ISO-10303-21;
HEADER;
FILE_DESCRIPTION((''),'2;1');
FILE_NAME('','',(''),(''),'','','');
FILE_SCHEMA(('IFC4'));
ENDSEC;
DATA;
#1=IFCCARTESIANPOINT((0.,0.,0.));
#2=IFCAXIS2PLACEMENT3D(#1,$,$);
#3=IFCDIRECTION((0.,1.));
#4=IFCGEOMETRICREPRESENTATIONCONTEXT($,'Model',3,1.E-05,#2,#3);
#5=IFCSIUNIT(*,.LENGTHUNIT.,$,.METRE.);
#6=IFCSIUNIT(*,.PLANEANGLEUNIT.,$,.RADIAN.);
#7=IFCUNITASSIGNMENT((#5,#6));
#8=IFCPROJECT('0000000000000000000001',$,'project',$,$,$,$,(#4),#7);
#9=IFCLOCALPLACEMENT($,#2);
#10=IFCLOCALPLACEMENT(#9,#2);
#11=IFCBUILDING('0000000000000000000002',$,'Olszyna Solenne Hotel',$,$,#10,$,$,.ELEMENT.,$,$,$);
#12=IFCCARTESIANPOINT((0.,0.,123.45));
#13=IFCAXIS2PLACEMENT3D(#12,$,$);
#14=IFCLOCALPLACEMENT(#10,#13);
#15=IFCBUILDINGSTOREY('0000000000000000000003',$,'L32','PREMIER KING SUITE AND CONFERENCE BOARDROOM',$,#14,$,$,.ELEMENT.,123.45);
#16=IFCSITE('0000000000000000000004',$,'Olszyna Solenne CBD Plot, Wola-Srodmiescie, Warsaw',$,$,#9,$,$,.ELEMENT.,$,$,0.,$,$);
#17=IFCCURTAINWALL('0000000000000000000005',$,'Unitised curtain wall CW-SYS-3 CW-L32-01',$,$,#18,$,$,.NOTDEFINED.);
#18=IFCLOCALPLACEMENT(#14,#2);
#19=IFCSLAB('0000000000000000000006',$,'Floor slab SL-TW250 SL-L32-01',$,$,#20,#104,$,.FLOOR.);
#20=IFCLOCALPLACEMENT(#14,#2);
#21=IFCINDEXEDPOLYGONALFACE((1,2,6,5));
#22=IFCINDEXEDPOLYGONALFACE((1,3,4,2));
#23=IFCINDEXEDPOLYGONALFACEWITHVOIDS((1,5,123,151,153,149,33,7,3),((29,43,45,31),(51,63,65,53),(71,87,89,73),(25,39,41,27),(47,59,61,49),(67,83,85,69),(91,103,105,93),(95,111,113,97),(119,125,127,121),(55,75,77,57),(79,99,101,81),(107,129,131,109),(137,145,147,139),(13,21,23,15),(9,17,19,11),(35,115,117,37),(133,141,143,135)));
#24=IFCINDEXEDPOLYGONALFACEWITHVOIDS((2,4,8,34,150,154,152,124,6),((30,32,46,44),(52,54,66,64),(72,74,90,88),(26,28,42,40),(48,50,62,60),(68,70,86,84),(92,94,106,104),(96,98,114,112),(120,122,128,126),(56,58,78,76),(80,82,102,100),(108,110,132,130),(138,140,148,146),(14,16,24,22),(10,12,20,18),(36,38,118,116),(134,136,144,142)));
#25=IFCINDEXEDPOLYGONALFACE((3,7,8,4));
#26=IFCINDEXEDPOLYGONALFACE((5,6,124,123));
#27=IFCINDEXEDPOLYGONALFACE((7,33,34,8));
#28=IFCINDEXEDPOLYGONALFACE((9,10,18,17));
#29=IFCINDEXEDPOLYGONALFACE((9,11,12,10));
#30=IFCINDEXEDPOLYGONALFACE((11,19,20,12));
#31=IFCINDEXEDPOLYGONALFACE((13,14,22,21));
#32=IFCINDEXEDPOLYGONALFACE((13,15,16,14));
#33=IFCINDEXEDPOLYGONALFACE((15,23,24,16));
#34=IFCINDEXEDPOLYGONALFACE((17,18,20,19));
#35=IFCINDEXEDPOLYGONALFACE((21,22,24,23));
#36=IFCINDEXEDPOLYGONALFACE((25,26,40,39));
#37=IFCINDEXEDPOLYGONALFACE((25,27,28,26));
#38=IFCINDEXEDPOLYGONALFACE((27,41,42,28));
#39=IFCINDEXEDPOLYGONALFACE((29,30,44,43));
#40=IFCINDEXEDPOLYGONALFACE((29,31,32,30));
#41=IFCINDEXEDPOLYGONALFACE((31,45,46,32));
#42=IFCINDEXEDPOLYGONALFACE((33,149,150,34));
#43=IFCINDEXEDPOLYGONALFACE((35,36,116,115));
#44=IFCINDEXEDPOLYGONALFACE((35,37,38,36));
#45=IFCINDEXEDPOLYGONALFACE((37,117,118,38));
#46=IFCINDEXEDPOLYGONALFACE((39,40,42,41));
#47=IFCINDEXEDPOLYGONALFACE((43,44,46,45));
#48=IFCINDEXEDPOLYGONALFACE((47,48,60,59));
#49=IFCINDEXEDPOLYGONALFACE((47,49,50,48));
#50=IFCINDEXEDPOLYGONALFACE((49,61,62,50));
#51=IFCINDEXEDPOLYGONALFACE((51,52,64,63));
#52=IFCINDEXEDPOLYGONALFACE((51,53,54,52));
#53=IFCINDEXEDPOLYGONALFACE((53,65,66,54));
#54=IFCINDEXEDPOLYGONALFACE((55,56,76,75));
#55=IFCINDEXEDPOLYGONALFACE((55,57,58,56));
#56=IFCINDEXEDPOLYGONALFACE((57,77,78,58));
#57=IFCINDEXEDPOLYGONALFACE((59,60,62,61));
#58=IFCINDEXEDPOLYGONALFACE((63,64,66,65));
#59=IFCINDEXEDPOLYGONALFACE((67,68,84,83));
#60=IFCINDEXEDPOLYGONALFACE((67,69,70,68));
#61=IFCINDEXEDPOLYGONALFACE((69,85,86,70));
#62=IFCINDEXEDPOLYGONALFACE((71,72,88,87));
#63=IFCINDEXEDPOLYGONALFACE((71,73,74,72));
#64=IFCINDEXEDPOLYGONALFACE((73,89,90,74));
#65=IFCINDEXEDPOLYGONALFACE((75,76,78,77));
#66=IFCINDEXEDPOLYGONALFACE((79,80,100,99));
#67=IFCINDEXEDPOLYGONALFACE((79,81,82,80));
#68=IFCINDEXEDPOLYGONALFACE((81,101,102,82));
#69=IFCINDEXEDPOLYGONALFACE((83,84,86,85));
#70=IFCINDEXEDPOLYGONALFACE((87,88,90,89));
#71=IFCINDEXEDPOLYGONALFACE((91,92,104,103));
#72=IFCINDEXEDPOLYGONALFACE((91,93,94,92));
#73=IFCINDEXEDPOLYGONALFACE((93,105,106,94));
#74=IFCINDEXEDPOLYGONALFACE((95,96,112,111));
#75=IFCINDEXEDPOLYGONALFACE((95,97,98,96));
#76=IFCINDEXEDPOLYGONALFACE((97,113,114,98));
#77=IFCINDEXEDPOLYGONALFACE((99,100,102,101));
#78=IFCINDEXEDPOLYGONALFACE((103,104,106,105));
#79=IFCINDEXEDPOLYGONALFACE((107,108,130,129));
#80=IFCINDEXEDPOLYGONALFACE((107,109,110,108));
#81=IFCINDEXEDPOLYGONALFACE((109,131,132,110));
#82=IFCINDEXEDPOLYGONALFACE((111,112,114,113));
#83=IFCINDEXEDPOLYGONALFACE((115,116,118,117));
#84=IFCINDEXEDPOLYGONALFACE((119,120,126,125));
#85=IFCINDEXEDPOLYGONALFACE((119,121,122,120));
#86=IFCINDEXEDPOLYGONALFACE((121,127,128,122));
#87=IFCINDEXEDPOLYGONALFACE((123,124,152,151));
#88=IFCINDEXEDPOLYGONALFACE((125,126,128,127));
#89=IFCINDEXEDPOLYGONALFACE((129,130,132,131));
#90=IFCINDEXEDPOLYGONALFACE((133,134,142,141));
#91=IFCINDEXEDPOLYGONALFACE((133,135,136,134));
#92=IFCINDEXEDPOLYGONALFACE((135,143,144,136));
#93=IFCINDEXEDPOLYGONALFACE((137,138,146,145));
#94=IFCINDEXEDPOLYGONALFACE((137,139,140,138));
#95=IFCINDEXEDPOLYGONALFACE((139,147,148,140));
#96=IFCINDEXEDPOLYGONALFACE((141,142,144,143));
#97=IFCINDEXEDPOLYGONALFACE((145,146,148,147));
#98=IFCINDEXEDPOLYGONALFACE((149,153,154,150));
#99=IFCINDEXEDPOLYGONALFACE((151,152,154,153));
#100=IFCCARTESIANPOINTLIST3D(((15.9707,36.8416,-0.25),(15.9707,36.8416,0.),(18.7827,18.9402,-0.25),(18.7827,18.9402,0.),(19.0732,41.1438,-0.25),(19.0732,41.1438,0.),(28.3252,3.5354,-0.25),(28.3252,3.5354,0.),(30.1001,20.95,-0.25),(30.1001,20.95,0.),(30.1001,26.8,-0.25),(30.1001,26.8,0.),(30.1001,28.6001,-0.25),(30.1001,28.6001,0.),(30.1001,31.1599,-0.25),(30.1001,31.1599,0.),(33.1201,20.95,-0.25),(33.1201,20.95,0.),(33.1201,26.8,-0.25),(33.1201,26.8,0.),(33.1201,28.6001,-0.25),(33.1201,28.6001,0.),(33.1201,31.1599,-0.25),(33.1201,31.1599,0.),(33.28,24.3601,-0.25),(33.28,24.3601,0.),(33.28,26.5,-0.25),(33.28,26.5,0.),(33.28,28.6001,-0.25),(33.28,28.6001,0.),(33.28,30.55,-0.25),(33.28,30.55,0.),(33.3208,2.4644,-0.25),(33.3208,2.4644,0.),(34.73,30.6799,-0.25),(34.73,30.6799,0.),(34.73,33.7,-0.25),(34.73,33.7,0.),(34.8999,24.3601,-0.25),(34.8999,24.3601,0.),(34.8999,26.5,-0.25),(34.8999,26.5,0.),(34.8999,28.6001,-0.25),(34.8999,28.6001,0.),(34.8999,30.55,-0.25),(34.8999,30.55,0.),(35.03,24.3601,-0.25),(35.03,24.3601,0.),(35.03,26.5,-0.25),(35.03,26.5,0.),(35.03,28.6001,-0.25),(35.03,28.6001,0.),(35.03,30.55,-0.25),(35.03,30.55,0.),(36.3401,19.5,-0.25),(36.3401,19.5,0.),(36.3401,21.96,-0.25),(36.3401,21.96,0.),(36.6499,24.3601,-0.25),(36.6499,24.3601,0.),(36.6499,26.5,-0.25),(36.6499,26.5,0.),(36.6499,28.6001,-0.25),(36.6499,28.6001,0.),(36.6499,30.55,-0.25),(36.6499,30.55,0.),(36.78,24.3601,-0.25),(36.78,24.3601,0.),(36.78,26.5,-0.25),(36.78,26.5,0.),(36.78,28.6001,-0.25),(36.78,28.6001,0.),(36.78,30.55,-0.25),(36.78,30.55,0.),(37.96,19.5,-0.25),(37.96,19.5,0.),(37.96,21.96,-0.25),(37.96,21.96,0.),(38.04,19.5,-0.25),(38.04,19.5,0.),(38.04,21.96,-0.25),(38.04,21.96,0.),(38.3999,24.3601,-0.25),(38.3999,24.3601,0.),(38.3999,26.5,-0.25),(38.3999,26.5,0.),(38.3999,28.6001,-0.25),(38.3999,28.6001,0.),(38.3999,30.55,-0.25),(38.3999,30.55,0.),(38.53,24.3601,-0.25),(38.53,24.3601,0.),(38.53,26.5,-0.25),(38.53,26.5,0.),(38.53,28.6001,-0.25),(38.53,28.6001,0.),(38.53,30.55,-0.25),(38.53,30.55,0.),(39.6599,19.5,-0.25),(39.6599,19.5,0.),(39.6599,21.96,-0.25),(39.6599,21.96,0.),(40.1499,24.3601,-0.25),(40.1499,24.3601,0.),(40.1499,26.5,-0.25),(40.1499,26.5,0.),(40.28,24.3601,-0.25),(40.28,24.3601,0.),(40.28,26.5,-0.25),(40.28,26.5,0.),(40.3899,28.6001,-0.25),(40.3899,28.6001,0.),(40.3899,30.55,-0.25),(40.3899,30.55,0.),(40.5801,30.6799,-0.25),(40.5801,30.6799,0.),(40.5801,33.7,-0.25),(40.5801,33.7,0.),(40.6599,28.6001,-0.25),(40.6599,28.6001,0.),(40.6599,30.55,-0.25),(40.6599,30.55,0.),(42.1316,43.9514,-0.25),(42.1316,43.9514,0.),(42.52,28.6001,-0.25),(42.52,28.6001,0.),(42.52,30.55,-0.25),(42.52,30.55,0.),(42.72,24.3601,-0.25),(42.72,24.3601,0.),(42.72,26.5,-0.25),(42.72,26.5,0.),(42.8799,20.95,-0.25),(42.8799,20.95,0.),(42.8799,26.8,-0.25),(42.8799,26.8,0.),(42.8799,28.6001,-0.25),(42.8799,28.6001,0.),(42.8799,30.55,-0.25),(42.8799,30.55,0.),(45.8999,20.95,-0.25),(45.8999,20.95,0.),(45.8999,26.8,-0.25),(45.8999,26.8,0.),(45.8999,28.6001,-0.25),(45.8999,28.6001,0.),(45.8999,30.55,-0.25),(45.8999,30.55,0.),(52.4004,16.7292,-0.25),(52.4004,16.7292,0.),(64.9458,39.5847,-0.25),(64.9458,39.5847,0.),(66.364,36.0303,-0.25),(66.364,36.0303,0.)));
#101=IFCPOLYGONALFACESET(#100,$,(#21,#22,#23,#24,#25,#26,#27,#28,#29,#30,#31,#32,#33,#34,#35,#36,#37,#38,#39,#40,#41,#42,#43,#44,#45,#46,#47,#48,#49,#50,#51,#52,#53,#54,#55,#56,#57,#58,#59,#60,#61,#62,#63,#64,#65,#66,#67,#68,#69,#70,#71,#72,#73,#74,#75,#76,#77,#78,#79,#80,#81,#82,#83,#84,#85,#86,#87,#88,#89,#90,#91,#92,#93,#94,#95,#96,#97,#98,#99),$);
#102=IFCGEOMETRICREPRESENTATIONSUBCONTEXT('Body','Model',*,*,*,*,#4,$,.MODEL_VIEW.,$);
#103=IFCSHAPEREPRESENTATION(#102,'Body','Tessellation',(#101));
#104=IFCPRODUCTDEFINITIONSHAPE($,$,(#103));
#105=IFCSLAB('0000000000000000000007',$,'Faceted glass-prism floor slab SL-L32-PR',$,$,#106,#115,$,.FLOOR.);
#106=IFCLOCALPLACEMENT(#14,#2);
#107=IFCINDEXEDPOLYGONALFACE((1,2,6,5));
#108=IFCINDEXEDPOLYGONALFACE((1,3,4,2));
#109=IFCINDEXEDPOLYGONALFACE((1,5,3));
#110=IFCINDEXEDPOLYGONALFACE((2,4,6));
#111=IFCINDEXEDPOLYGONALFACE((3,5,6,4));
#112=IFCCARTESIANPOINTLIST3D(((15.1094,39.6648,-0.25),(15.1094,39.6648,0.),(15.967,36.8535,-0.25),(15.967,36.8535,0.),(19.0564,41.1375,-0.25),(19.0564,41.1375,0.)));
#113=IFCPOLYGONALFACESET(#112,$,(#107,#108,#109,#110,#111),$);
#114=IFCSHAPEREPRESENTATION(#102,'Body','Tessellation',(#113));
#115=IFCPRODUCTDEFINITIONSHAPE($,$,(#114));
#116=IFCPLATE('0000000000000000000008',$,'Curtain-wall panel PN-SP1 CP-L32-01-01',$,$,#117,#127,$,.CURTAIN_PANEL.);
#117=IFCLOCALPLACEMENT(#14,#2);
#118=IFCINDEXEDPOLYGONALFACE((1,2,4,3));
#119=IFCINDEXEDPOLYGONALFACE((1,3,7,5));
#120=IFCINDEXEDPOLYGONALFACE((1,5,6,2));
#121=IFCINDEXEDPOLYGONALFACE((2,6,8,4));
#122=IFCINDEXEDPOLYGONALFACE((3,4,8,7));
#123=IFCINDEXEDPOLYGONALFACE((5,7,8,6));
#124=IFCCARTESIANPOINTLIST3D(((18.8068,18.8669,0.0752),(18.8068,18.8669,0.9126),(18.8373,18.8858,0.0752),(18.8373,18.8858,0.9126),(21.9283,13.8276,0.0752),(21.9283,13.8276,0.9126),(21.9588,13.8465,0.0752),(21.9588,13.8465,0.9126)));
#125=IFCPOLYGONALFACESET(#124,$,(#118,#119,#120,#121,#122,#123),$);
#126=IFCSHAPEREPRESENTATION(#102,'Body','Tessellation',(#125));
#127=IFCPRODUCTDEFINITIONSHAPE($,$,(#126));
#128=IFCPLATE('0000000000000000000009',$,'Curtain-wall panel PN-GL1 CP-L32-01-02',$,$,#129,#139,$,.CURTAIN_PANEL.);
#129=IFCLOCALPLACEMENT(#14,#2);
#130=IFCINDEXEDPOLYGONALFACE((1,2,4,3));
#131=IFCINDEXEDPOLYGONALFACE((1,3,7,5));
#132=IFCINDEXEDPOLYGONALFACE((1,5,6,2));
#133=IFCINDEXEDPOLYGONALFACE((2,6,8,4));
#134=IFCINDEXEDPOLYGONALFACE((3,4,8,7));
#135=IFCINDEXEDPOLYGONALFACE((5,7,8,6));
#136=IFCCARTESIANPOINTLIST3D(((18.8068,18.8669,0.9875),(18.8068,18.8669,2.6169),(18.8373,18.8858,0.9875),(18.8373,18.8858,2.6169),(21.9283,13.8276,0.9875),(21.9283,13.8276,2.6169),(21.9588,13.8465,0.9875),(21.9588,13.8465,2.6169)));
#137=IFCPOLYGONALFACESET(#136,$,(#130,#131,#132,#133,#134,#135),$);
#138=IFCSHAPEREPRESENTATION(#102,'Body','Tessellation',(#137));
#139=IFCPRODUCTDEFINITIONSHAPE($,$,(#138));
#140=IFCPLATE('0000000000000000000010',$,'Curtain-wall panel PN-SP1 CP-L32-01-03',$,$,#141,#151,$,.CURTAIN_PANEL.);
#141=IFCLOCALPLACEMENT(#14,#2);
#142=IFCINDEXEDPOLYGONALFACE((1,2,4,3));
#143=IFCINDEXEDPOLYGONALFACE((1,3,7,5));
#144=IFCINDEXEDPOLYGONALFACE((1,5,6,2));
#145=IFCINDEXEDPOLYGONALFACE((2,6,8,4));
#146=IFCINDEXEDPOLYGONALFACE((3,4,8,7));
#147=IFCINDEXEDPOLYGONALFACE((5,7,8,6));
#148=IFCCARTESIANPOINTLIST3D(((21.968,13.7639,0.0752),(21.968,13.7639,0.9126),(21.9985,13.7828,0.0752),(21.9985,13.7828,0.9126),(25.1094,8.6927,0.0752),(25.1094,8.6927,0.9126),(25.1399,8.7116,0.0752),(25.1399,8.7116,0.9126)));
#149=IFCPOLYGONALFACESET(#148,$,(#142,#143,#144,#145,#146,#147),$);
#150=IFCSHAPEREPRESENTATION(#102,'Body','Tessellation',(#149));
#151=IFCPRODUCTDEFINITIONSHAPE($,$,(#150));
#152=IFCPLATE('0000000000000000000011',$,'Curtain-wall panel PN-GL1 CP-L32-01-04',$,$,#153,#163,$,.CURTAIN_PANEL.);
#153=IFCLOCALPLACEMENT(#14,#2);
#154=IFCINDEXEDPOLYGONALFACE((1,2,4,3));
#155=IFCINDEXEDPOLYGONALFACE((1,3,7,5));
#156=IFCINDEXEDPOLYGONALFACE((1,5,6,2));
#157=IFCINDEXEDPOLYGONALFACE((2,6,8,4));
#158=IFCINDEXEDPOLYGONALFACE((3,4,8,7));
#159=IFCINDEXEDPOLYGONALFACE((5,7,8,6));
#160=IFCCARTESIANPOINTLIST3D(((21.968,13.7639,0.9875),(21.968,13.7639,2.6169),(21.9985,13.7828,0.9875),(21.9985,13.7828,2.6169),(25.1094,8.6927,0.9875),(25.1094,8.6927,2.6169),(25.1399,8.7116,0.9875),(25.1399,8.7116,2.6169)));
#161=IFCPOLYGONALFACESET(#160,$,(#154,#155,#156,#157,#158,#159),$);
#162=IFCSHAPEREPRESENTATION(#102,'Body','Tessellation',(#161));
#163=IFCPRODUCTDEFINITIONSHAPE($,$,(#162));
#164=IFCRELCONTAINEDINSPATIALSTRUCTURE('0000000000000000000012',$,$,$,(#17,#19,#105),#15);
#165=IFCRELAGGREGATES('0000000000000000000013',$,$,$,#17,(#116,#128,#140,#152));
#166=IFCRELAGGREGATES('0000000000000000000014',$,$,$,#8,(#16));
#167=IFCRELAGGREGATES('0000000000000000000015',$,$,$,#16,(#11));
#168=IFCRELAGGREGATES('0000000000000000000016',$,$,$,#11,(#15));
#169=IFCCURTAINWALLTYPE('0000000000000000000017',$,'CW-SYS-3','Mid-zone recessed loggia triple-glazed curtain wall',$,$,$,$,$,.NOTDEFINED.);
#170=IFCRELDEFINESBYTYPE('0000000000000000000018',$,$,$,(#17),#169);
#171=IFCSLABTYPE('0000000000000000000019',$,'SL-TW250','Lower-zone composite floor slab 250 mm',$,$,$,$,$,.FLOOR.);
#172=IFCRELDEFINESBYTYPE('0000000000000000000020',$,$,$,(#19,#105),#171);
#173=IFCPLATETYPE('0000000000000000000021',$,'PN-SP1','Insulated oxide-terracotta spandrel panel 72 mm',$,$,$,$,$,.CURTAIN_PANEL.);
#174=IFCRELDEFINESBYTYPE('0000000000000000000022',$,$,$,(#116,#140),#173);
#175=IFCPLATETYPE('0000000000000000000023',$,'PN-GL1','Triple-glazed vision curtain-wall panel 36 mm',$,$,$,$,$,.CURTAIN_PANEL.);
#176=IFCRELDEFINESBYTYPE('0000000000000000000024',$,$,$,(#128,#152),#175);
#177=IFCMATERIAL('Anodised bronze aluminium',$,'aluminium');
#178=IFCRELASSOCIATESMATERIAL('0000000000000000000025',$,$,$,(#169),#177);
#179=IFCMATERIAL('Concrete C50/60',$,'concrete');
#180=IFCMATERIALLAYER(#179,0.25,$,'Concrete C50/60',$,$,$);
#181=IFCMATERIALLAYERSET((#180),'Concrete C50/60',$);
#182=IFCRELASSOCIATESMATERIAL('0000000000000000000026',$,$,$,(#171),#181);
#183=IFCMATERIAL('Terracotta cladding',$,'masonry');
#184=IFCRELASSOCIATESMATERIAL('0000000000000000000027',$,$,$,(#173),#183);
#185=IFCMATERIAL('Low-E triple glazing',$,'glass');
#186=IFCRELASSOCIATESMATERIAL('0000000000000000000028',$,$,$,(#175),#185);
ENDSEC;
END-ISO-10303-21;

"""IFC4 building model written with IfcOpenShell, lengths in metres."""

from ifc_helpers import new_model, si_unit, direction, frame, origin, origin_2d, place, context, subcontext, project, spatial, polyline, rectangle, outline, extrude, source, transform, mapped, material, layer, layer_set, type_object, element, aggregate, save


model = new_model("IFC4")

# Units and contexts
model_context = context("Model", 3, precision=1e-05, world=origin(), true_north=direction((0.0, 1.0)))
body_context = subcontext(model_context, "Body", "Model", "MODEL_VIEW")
ifc_project = project(units=[si_unit("LENGTHUNIT", "METRE"), si_unit("PLANEANGLEUNIT", "RADIAN")], contexts=[model_context])

# Site, building, storey
site_placement = place(None, origin())
site = spatial("IfcSite", under=ifc_project, at=site_placement, Name="Olszyna Solenne CBD Plot, Wola-Srodmiescie, Warsaw", CompositionType="ELEMENT", RefElevation=0.0)
building_placement = place(site_placement, origin())
building = spatial("IfcBuilding", under=site, at=building_placement, Name="Olszyna Solenne Hotel", CompositionType="ELEMENT")
storey_placement = place(building_placement, frame((0.0, 0.0, 123.45)))
storey = spatial("IfcBuildingStorey", under=building, at=storey_placement, Name="L32", Description="PREMIER KING SUITE AND CONFERENCE BOARDROOM", CompositionType="ELEMENT", Elevation=123.45)

# Curtain wall
ifc_material_1 = material(Name="Anodised bronze aluminium", Category="aluminium")
curtain_wall_type = type_object("IfcCurtainWallType", Name="CW-SYS-3", Description="Mid-zone recessed loggia triple-glazed curtain wall", PredefinedType="NOTDEFINED", material=ifc_material_1)
curtain_wall_placement = place(storey_placement, origin())
curtain_wall = element("IfcCurtainWall", 1, at=curtain_wall_placement, inside=storey, type_object=curtain_wall_type, Name="Unitised curtain wall CW-SYS-3 CW-L32-01", PredefinedType="NOTDEFINED")

# Slabs
ifc_material_2 = material(Name="Concrete C50/60", Category="concrete")
ifc_layer_1 = layer(ifc_material_2, 0.25, Name="Concrete C50/60")
ifc_layer_set_1 = layer_set([ifc_layer_1], Name="Concrete C50/60")
slab_type_1 = type_object("IfcSlabType", Name="SL-TW250", Description="Lower-zone composite floor slab 250 mm", PredefinedType="FLOOR", material=ifc_layer_set_1)
slab_1_placement = place(storey_placement, frame((0.0, 0.0, -0.25)))
element("IfcSlab", 2, at=slab_1_placement, inside=storey, type_object=slab_type_1, Name="Floor slab SL-TW250 SL-L32-01", PredefinedType="FLOOR", context=body_context, shape_type="SweptSolid", body=[
    extrude(outline(polyline([(66.364, 36.0303), (64.9458, 39.5847), (42.1316, 43.9514), (19.0732, 41.1438), (15.9707, 36.8416), (18.7827, 18.9402), (28.3252, 3.5354), (33.3208, 2.4644), (52.4004, 16.7292), (66.364, 36.0303)]), holes=[polyline([(30.1001, 20.95), (33.1201, 20.95), (33.1201, 26.8), (30.1001, 26.8), (30.1001, 20.95)]), polyline([(42.8799, 20.95), (45.8999, 20.95), (45.8999, 26.8), (42.8799, 26.8), (42.8799, 20.95)]), polyline([(34.73, 30.6799), (40.5801, 30.6799), (40.5801, 33.7), (34.73, 33.7), (34.73, 30.6799)]), polyline([(36.3401, 19.5), (37.96, 19.5), (37.96, 21.96), (36.3401, 21.96), (36.3401, 19.5)]), polyline([(38.04, 19.5), (39.6599, 19.5), (39.6599, 21.96), (38.04, 21.96), (38.04, 19.5)]), polyline([(30.1001, 28.6001), (33.1201, 28.6001), (33.1201, 31.1599), (30.1001, 31.1599), (30.1001, 28.6001)]), polyline([(33.28, 24.3601), (34.8999, 24.3601), (34.8999, 26.5), (33.28, 26.5), (33.28, 24.3601)]), polyline([(35.03, 24.3601), (36.6499, 24.3601), (36.6499, 26.5), (35.03, 26.5), (35.03, 24.3601)]), polyline([(36.78, 24.3601), (38.3999, 24.3601), (38.3999, 26.5), (36.78, 26.5), (36.78, 24.3601)]), polyline([(38.53, 24.3601), (40.1499, 24.3601), (40.1499, 26.5), (38.53, 26.5), (38.53, 24.3601)]), polyline([(40.28, 24.3601), (42.72, 24.3601), (42.72, 26.5), (40.28, 26.5), (40.28, 24.3601)]), polyline([(33.28, 28.6001), (34.8999, 28.6001), (34.8999, 30.55), (33.28, 30.55), (33.28, 28.6001)]), polyline([(35.03, 28.6001), (36.6499, 28.6001), (36.6499, 30.55), (35.03, 30.55), (35.03, 28.6001)]), polyline([(36.78, 28.6001), (38.3999, 28.6001), (38.3999, 30.55), (36.78, 30.55), (36.78, 28.6001)]), polyline([(38.53, 28.6001), (40.3899, 28.6001), (40.3899, 30.55), (38.53, 30.55), (38.53, 28.6001)]), polyline([(40.6599, 28.6001), (42.52, 28.6001), (42.52, 30.55), (40.6599, 30.55), (40.6599, 28.6001)]), polyline([(42.8799, 28.6001), (45.8999, 28.6001), (45.8999, 30.55), (42.8799, 30.55), (42.8799, 28.6001)])]), origin(), (0.0, 0.0, 1.0), 0.25),
])
slab_2_placement = place(storey_placement, frame((0.0, 0.0, -0.25)))
element("IfcSlab", 3, at=slab_2_placement, inside=storey, type_object=slab_type_1, Name="Faceted glass-prism floor slab SL-L32-PR", PredefinedType="FLOOR", context=body_context, shape_type="SweptSolid", body=[
    extrude(outline(polyline([(15.967, 36.8535), (19.0564, 41.1375), (15.1094, 39.6648), (15.967, 36.8535)])), origin(), (0.0, 0.0, 1.0), 0.25),
])

# Plates
ifc_material_3 = material(Name="Terracotta cladding", Category="masonry")
plate_type_1 = type_object("IfcPlateType", Name="PN-SP1", Description="Insulated oxide-terracotta spandrel panel 72 mm", PredefinedType="CURTAIN_PANEL", material=ifc_material_3)
shared_shape_1 = source(origin(), body_context, "Body", "SweptSolid", [
    extrude(rectangle(XDim=5.9277, YDim=0.0359, at=origin_2d()), origin(), (0.0, 0.0, 1.0), 0.8374),
])
plate_1_placement = place(storey_placement, frame((20.3828, 16.3567, 0.0752), z_axis=(0.0, 0.0, 1.0), x_axis=(0.526602, -0.850112, 0.0)))
plate_1 = element("IfcPlate", 4, at=plate_1_placement, type_object=plate_type_1, Name="Curtain-wall panel PN-SP1 CP-L32-01-01", PredefinedType="CURTAIN_PANEL", context=body_context, shape_type="MappedRepresentation", body=[
    mapped(shared_shape_1, transform((0.0, 0.0, 0.0), x_axis=(1.0, 0.0, 0.0), y_axis=(0.0, 1.0, 0.0), z_axis=(0.0, 0.0, 1.0), scale=1.0)),
])
ifc_material_4 = material(Name="Low-E triple glazing", Category="glass")
plate_type_2 = type_object("IfcPlateType", Name="PN-GL1", Description="Triple-glazed vision curtain-wall panel 36 mm", PredefinedType="CURTAIN_PANEL", material=ifc_material_4)
shared_shape_2 = source(origin(), body_context, "Body", "SweptSolid", [
    extrude(rectangle(XDim=5.9277, YDim=0.0359, at=origin_2d()), origin(), (0.0, 0.0, 1.0), 1.6294),
])
plate_2_placement = place(storey_placement, frame((20.3828, 16.3567, 0.9875), z_axis=(0.0, 0.0, 1.0), x_axis=(0.526602, -0.850112, 0.0)))
plate_2 = element("IfcPlate", 5, at=plate_2_placement, type_object=plate_type_2, Name="Curtain-wall panel PN-GL1 CP-L32-01-02", PredefinedType="CURTAIN_PANEL", context=body_context, shape_type="MappedRepresentation", body=[
    mapped(shared_shape_2, transform((0.0, 0.0, 0.0), x_axis=(1.0, 0.0, 0.0), y_axis=(0.0, 1.0, 0.0), z_axis=(0.0, 0.0, 1.0), scale=1.0)),
])
shared_shape_3 = source(origin(), body_context, "Body", "SweptSolid", [
    extrude(rectangle(XDim=5.9653, YDim=0.0359, at=origin_2d()), origin(), (0.0, 0.0, 1.0), 0.8374),
])
plate_3_placement = place(storey_placement, frame((23.554, 11.2378, 0.0752), z_axis=(0.0, 0.0, 1.0), x_axis=(0.526602, -0.850112, 0.0)))
plate_3 = element("IfcPlate", 6, at=plate_3_placement, type_object=plate_type_1, Name="Curtain-wall panel PN-SP1 CP-L32-01-03", PredefinedType="CURTAIN_PANEL", context=body_context, shape_type="MappedRepresentation", body=[
    mapped(shared_shape_3, transform((0.0, 0.0, 0.0), x_axis=(1.0, 0.0, 0.0), y_axis=(0.0, 1.0, 0.0), z_axis=(0.0, 0.0, 1.0), scale=1.0)),
])
shared_shape_4 = source(origin(), body_context, "Body", "SweptSolid", [
    extrude(rectangle(XDim=5.9653, YDim=0.0359, at=origin_2d()), origin(), (0.0, 0.0, 1.0), 1.6294),
])
plate_4_placement = place(storey_placement, frame((23.554, 11.2378, 0.9875), z_axis=(0.0, 0.0, 1.0), x_axis=(0.526602, -0.850112, 0.0)))
plate_4 = element("IfcPlate", 7, at=plate_4_placement, type_object=plate_type_2, Name="Curtain-wall panel PN-GL1 CP-L32-01-04", PredefinedType="CURTAIN_PANEL", context=body_context, shape_type="MappedRepresentation", body=[
    mapped(shared_shape_4, transform((0.0, 0.0, 0.0), x_axis=(1.0, 0.0, 0.0), y_axis=(0.0, 1.0, 0.0), z_axis=(0.0, 0.0, 1.0), scale=1.0)),
])
aggregate(curtain_wall, [plate_1, plate_2, plate_3, plate_4])

save(model, "model.ifc")
